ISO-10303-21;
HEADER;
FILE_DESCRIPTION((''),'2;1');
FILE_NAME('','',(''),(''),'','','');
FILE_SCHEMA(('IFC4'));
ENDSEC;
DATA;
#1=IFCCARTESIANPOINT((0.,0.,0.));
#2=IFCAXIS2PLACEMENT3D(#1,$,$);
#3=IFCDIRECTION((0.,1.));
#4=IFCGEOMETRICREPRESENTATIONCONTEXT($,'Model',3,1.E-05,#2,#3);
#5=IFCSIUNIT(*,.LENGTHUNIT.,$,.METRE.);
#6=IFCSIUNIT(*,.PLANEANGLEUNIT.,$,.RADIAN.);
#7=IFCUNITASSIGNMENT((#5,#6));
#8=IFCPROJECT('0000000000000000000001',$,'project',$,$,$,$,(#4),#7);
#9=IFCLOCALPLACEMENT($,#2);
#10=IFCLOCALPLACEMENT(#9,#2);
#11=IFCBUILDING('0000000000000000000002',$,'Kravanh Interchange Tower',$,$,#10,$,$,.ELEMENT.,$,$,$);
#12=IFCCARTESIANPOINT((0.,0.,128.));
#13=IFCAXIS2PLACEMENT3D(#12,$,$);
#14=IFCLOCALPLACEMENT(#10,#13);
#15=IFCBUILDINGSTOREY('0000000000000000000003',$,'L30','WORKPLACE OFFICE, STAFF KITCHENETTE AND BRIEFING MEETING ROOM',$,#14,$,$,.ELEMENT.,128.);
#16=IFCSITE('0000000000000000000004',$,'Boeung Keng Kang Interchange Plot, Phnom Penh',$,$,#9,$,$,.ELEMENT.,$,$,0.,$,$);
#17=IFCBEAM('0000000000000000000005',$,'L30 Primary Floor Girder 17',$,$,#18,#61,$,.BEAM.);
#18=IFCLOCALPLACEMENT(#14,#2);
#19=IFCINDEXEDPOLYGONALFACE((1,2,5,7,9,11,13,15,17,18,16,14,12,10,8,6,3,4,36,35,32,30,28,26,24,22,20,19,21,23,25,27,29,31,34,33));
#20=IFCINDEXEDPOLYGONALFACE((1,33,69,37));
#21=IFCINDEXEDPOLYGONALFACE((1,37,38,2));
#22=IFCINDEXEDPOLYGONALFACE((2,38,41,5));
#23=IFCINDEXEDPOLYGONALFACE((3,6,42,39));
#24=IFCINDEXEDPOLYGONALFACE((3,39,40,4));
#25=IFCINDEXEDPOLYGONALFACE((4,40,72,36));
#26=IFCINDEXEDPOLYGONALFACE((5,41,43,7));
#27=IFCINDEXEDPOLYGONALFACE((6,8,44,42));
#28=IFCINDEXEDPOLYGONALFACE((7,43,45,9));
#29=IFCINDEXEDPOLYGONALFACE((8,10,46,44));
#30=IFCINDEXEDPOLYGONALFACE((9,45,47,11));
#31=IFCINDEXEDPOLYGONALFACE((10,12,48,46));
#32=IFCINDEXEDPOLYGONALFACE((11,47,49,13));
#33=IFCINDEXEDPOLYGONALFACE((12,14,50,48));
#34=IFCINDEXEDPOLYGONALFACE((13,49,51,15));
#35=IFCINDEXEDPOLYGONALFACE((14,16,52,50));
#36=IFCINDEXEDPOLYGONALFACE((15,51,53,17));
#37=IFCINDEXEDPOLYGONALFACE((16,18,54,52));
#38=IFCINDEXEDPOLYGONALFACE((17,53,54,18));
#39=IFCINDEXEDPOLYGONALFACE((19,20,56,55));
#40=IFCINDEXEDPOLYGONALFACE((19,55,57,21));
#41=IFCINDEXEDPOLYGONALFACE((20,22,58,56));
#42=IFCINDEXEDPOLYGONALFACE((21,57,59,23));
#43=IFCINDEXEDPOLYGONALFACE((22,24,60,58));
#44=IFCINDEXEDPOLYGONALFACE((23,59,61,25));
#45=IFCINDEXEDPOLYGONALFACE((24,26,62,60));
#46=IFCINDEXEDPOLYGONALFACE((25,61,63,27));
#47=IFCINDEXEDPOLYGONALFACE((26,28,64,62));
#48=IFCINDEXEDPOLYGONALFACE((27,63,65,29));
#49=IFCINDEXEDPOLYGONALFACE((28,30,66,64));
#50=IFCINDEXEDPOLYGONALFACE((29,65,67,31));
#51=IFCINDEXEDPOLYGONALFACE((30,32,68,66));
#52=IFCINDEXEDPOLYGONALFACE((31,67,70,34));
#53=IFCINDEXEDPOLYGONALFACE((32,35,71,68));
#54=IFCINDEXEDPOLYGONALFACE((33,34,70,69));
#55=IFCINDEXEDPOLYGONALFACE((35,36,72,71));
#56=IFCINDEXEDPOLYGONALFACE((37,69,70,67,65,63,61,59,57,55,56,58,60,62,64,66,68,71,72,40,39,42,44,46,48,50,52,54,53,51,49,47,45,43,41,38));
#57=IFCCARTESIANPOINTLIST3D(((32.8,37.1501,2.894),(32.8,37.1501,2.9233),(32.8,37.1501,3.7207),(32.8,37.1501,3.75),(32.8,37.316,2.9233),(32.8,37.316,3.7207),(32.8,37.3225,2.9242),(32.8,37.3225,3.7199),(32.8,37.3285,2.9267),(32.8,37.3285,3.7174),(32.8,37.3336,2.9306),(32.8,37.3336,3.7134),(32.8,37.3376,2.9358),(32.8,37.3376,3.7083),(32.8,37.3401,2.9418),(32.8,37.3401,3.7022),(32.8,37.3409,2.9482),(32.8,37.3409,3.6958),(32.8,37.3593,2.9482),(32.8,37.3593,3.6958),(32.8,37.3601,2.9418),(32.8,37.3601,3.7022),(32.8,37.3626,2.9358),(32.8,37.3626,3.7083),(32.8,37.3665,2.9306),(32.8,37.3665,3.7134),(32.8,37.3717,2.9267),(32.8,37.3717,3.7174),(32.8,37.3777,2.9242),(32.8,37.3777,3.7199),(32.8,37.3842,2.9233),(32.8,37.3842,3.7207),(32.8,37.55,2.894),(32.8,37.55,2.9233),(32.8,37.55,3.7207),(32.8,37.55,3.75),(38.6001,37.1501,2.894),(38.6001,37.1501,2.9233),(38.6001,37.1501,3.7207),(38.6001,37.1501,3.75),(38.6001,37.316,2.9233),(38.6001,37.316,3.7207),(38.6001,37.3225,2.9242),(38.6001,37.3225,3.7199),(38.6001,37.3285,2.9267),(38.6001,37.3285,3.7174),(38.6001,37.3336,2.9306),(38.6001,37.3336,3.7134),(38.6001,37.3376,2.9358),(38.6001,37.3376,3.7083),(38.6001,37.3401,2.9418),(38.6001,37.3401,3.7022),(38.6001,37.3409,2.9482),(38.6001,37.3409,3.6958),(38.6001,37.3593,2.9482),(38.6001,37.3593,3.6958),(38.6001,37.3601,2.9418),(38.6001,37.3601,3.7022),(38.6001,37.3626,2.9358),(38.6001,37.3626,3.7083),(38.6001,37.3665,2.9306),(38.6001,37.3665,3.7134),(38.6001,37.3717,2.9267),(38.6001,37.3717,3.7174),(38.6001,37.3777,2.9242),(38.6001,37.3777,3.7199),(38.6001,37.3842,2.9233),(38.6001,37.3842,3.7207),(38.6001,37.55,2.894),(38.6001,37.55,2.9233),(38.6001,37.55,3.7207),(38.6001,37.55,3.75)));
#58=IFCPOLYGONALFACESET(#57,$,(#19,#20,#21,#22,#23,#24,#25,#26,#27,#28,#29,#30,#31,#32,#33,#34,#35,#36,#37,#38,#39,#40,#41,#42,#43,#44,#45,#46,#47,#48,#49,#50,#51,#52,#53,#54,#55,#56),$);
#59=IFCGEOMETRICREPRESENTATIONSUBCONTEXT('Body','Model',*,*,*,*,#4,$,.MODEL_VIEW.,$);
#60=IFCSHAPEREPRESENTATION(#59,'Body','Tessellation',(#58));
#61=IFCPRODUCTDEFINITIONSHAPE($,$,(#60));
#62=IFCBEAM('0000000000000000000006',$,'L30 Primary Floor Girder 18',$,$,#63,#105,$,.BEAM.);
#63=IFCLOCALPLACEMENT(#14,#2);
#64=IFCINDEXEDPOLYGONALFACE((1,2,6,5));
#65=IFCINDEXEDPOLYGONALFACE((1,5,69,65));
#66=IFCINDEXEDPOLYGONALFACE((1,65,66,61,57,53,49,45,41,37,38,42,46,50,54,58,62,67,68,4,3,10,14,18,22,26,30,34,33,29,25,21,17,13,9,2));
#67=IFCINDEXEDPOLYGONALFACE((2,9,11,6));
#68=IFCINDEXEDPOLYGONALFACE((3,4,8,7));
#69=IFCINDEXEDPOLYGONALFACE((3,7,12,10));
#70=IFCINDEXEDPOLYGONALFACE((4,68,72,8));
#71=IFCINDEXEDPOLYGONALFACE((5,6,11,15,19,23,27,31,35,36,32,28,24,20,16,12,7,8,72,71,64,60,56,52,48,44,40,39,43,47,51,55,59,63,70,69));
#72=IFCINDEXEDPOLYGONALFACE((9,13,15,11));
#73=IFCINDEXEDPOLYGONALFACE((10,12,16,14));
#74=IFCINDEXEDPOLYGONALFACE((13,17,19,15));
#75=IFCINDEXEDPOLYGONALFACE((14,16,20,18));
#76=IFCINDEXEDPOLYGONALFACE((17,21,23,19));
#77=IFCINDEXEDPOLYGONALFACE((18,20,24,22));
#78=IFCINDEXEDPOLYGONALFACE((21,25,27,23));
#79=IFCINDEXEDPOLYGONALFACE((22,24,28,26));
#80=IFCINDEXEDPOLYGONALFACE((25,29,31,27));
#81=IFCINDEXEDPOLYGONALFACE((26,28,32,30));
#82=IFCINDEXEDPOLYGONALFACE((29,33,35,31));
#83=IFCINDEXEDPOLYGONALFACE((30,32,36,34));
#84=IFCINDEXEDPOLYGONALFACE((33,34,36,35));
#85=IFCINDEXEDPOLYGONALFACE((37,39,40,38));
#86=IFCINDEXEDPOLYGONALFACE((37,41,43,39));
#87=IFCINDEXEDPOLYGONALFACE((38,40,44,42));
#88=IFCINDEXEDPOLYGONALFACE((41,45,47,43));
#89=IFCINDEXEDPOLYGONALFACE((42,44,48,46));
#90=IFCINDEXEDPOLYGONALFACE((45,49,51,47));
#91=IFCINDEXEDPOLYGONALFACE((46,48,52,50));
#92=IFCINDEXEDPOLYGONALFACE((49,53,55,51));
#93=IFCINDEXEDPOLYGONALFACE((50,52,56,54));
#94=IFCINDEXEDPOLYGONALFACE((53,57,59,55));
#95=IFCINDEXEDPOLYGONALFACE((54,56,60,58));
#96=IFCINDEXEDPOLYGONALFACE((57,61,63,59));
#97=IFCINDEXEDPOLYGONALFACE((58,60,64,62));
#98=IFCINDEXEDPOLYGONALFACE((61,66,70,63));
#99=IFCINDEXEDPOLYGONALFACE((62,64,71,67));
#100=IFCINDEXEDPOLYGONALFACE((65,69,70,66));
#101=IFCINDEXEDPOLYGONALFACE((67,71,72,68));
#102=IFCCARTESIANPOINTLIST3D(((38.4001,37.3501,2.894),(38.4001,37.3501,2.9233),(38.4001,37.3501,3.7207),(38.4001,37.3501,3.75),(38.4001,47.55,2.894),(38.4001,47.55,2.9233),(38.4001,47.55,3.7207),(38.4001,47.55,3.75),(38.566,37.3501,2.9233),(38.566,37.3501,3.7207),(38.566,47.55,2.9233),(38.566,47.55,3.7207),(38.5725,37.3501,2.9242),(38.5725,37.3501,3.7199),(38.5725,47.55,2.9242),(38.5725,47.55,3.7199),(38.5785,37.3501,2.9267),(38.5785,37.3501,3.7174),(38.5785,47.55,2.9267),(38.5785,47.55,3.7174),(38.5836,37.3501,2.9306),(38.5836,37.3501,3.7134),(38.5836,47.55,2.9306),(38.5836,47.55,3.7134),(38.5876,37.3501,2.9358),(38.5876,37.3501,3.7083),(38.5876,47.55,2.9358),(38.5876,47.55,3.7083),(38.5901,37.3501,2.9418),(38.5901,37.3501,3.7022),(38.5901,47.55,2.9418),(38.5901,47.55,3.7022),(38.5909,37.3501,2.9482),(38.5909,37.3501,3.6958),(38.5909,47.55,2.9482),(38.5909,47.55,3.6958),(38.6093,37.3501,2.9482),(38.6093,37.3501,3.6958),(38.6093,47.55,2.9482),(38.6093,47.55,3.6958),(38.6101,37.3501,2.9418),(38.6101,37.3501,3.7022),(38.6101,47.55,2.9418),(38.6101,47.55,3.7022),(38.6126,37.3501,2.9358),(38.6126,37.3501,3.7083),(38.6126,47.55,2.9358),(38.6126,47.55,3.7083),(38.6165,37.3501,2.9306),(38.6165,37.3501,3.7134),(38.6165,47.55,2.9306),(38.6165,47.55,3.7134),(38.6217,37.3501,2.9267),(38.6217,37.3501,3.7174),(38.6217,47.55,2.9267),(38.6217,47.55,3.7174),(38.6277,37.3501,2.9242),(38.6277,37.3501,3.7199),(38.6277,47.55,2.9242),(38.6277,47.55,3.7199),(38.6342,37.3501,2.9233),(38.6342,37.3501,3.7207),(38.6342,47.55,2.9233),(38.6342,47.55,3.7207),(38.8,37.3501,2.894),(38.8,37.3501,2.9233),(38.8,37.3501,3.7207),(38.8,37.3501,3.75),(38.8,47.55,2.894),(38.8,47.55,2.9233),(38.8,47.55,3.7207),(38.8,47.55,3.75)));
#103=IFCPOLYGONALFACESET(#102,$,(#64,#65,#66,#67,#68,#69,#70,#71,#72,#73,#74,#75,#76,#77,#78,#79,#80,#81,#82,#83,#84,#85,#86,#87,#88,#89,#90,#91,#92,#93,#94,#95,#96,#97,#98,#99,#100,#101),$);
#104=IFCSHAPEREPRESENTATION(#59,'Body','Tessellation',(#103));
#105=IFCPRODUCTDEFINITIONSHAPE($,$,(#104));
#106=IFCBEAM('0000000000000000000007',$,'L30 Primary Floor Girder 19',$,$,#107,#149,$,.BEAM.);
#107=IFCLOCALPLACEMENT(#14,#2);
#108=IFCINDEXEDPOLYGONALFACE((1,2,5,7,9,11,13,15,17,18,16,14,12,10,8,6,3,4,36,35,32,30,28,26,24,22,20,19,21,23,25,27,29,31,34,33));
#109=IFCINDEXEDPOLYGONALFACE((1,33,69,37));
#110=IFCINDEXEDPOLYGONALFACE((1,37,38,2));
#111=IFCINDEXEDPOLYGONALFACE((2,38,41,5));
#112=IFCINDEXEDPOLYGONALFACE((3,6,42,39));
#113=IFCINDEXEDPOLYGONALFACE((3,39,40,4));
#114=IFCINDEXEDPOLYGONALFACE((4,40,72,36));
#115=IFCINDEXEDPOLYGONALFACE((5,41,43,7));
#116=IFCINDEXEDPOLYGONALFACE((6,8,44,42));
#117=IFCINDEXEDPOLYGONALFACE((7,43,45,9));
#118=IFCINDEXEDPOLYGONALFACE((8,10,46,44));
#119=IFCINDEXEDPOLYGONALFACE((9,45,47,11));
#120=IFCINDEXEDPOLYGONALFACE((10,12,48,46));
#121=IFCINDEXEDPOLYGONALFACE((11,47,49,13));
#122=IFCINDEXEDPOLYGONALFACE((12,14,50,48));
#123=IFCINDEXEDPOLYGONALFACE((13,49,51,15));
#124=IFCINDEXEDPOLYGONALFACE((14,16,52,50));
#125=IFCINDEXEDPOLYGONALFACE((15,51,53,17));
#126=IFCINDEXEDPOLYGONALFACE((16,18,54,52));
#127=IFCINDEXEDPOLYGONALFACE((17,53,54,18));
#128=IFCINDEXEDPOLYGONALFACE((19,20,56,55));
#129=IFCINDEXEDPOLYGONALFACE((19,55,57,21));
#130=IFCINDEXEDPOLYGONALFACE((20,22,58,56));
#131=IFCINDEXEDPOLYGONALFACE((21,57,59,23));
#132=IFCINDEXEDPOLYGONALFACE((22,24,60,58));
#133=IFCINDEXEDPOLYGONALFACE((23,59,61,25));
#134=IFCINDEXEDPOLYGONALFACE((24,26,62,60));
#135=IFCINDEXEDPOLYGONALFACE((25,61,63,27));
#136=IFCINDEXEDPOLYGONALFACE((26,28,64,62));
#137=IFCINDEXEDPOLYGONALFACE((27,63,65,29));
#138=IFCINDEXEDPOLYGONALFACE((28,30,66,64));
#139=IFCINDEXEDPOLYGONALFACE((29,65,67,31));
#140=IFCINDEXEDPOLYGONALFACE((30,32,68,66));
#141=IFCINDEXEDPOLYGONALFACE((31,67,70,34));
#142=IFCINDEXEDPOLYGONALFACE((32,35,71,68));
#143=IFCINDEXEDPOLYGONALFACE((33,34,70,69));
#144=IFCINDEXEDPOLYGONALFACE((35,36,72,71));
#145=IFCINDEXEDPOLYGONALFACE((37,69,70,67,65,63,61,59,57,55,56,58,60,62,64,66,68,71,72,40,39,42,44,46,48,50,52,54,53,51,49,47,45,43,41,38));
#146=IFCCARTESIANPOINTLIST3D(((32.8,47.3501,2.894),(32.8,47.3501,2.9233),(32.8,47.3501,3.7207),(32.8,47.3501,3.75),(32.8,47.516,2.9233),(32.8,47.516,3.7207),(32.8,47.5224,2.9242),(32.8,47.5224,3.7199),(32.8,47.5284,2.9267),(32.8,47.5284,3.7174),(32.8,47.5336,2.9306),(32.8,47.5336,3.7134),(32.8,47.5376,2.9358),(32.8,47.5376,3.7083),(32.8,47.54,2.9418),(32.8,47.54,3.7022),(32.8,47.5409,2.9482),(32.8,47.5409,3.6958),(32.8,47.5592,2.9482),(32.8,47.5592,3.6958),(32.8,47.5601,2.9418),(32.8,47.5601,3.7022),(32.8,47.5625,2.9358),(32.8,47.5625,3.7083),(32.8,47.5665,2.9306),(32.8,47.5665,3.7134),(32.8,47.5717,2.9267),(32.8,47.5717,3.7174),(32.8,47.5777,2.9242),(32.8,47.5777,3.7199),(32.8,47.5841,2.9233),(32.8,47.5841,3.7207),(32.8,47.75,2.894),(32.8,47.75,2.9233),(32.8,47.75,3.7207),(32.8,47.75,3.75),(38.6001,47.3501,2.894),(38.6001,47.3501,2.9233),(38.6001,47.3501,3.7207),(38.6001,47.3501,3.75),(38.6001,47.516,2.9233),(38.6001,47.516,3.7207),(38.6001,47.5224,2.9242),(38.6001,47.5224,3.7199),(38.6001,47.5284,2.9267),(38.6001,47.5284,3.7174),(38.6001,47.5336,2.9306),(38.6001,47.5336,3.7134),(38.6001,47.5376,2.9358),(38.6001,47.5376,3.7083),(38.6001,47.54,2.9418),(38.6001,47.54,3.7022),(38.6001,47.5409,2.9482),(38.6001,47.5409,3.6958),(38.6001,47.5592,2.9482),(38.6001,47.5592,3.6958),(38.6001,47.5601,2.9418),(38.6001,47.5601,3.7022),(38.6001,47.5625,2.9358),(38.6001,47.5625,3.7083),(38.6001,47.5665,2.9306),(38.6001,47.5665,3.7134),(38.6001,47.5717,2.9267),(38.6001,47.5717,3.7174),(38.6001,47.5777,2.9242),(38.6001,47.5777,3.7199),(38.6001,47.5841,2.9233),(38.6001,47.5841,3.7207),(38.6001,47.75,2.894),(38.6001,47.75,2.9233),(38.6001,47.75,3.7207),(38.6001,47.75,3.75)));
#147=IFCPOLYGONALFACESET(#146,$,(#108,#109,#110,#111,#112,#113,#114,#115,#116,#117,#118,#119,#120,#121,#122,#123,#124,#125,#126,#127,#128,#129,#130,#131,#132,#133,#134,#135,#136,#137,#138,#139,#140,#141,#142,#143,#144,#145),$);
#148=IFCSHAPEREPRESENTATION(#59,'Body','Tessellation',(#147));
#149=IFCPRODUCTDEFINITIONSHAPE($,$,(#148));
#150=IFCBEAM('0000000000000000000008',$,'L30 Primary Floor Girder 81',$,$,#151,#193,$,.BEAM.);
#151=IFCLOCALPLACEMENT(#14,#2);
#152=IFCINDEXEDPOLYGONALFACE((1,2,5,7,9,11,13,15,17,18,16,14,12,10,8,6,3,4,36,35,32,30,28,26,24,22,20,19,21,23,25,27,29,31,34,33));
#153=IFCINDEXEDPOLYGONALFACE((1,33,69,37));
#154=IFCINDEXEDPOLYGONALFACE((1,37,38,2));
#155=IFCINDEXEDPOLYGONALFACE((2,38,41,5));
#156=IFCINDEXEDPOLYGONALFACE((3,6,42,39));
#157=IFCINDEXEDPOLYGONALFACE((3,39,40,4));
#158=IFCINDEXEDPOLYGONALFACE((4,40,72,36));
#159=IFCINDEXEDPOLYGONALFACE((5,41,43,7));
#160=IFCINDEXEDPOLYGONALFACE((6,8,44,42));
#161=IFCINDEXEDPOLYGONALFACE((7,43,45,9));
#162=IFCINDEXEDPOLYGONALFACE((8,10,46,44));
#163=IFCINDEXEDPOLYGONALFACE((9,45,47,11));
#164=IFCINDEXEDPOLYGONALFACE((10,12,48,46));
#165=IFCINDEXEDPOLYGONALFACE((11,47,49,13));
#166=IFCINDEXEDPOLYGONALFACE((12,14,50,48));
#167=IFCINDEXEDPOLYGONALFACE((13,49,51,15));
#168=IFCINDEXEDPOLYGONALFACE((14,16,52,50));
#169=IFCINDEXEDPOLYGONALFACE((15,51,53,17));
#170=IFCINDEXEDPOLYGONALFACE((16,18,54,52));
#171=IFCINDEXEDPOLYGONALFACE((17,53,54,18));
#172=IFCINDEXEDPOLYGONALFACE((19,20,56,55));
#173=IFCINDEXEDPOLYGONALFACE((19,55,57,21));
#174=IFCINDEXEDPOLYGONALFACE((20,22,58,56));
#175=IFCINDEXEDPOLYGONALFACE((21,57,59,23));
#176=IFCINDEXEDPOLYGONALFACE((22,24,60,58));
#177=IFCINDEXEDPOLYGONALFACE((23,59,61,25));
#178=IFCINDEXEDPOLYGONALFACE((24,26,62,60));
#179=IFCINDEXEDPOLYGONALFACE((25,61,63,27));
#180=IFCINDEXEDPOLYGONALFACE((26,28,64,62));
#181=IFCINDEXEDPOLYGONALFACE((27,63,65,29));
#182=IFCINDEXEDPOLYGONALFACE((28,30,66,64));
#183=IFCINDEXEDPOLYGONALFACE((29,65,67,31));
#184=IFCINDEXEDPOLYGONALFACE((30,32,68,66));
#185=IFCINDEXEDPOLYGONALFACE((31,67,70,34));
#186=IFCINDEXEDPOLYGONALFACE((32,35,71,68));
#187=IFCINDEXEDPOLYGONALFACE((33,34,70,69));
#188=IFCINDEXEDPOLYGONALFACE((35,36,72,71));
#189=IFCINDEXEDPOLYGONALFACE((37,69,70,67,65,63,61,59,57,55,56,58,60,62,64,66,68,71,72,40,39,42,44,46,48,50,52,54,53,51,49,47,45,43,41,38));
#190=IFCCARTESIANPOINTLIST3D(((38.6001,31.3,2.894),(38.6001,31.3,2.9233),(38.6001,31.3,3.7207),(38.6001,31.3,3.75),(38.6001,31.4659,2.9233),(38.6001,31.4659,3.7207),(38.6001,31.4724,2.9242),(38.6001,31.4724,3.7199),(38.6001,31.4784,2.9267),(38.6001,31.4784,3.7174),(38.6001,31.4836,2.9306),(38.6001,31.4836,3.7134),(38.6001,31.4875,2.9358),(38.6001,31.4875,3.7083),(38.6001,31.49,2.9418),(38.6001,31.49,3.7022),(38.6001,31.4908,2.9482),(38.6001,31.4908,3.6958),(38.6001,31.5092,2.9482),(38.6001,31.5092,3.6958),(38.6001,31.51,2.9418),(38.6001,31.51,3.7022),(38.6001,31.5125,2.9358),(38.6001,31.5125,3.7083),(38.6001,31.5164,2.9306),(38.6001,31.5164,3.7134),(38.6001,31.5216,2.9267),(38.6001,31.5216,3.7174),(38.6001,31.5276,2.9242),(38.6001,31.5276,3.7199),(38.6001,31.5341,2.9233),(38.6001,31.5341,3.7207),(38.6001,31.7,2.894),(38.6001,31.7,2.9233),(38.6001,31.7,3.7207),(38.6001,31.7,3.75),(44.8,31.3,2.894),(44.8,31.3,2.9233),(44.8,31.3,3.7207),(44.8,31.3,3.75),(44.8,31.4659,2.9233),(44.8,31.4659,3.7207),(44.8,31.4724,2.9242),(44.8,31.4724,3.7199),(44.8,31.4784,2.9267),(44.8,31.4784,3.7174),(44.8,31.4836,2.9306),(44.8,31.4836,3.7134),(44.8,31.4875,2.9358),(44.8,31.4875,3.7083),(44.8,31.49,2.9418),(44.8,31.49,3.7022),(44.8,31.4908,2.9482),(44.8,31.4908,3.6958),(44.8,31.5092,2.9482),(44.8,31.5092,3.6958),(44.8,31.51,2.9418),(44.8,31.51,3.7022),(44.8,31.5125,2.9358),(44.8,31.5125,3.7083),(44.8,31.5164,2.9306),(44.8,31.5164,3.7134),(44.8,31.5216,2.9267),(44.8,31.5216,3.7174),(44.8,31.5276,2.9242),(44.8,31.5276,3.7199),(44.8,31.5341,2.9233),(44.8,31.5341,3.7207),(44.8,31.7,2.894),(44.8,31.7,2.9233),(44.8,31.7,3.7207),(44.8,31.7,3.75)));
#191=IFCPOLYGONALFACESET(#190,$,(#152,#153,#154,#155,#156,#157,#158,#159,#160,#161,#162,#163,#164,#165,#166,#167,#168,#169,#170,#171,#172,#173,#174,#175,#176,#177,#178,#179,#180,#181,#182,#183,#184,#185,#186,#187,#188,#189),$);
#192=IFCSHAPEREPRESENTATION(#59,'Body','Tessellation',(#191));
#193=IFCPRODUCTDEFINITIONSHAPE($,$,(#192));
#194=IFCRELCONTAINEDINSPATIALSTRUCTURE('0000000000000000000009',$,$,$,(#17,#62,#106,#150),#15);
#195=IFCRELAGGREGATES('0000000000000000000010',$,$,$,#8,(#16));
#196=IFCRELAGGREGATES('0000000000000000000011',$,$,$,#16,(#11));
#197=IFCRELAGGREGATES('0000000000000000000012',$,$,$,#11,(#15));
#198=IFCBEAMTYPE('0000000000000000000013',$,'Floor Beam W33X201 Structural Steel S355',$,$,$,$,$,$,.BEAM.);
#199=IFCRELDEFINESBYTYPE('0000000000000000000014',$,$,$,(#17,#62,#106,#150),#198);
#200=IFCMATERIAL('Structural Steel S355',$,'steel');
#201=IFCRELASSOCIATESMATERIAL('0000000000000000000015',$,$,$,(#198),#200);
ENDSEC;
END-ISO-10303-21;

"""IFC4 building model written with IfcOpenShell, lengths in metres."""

from ifc_helpers import new_model, si_unit, direction, frame, origin, origin_2d, place, context, subcontext, project, spatial, i_section, extrude, material, material_profile, profile_set, type_object, element, save


model = new_model("IFC4")

# Units and contexts
model_context = context("Model", 3, precision=1e-05, world=origin(), true_north=direction((0.0, 1.0)))
body_context = subcontext(model_context, "Body", "Model", "MODEL_VIEW")
ifc_project = project(units=[si_unit("LENGTHUNIT", "METRE"), si_unit("PLANEANGLEUNIT", "RADIAN")], contexts=[model_context])

# Site, building, storey
site_placement = place(None, origin())
site = spatial("IfcSite", under=ifc_project, at=site_placement, Name="Boeung Keng Kang Interchange Plot, Phnom Penh", CompositionType="ELEMENT", RefElevation=0.0)
building_placement = place(site_placement, origin())
building = spatial("IfcBuilding", under=site, at=building_placement, Name="Kravanh Interchange Tower", CompositionType="ELEMENT")
storey_placement = place(building_placement, frame((0.0, 0.0, 128.0)))
storey = spatial("IfcBuildingStorey", under=building, at=storey_placement, Name="L30", Description="WORKPLACE OFFICE, STAFF KITCHENETTE AND BRIEFING MEETING ROOM", CompositionType="ELEMENT", Elevation=128.0)

# Beams
ifc_material_1 = material(Name="Structural Steel S355", Category="steel")
ifc_material_profile_1 = material_profile(ifc_material_1, i_section(OverallWidth=0.3999, OverallDepth=0.856, WebThickness=0.0183, FlangeThickness=0.0293, FilletRadius=0.0249, at=origin_2d()), Name="W33X201")
ifc_profile_set_1 = profile_set([ifc_material_profile_1], Name="Structural Steel S355")
beam_type_1 = type_object("IfcBeamType", Name="Floor Beam W33X201 Structural Steel S355", PredefinedType="BEAM", material=ifc_profile_set_1)
beam_1_placement = place(storey_placement, frame((38.6001, 37.3501, 3.322), z_axis=(-1.0, 0.0, 0.0), x_axis=(0.0, -1.0, 0.0)))
element("IfcBeam", 1, at=beam_1_placement, inside=storey, type_object=beam_type_1, Name="L30 Primary Floor Girder 17", PredefinedType="BEAM", context=body_context, shape_type="SweptSolid", body=[
    extrude(i_section(OverallWidth=0.3999, OverallDepth=0.856, WebThickness=0.0183, FlangeThickness=0.0293, FilletRadius=0.0249, at=origin_2d()), origin(), (0.0, 0.0, 1.0), 5.8),
])
beam_2_placement = place(storey_placement, frame((38.6001, 37.3501, 3.322), z_axis=(0.0, 1.0, 0.0), x_axis=(-1.0, 0.0, 0.0)))
element("IfcBeam", 2, at=beam_2_placement, inside=storey, type_object=beam_type_1, Name="L30 Primary Floor Girder 18", PredefinedType="BEAM", context=body_context, shape_type="SweptSolid", body=[
    extrude(i_section(OverallWidth=0.3999, OverallDepth=0.856, WebThickness=0.0183, FlangeThickness=0.0293, FilletRadius=0.0249, at=origin_2d()), origin(), (0.0, 0.0, 1.0), 10.2),
])
beam_3_placement = place(storey_placement, frame((38.6001, 47.55, 3.322), z_axis=(-1.0, 0.0, 0.0), x_axis=(0.0, -1.0, 0.0)))
element("IfcBeam", 3, at=beam_3_placement, inside=storey, type_object=beam_type_1, Name="L30 Primary Floor Girder 19", PredefinedType="BEAM", context=body_context, shape_type="SweptSolid", body=[
    extrude(i_section(OverallWidth=0.3999, OverallDepth=0.856, WebThickness=0.0183, FlangeThickness=0.0293, FilletRadius=0.0249, at=origin_2d()), origin(), (0.0, 0.0, 1.0), 5.8),
])
beam_4_placement = place(storey_placement, frame((38.6001, 31.5, 3.322), z_axis=(1.0, 0.0, 0.0), x_axis=(0.0, 1.0, 0.0)))
element("IfcBeam", 4, at=beam_4_placement, inside=storey, type_object=beam_type_1, Name="L30 Primary Floor Girder 81", PredefinedType="BEAM", context=body_context, shape_type="SweptSolid", body=[
    extrude(i_section(OverallWidth=0.3999, OverallDepth=0.856, WebThickness=0.0183, FlangeThickness=0.0293, FilletRadius=0.0249, at=origin_2d()), origin(), (0.0, 0.0, 1.0), 6.2),
])

save(model, "model.ifc")
